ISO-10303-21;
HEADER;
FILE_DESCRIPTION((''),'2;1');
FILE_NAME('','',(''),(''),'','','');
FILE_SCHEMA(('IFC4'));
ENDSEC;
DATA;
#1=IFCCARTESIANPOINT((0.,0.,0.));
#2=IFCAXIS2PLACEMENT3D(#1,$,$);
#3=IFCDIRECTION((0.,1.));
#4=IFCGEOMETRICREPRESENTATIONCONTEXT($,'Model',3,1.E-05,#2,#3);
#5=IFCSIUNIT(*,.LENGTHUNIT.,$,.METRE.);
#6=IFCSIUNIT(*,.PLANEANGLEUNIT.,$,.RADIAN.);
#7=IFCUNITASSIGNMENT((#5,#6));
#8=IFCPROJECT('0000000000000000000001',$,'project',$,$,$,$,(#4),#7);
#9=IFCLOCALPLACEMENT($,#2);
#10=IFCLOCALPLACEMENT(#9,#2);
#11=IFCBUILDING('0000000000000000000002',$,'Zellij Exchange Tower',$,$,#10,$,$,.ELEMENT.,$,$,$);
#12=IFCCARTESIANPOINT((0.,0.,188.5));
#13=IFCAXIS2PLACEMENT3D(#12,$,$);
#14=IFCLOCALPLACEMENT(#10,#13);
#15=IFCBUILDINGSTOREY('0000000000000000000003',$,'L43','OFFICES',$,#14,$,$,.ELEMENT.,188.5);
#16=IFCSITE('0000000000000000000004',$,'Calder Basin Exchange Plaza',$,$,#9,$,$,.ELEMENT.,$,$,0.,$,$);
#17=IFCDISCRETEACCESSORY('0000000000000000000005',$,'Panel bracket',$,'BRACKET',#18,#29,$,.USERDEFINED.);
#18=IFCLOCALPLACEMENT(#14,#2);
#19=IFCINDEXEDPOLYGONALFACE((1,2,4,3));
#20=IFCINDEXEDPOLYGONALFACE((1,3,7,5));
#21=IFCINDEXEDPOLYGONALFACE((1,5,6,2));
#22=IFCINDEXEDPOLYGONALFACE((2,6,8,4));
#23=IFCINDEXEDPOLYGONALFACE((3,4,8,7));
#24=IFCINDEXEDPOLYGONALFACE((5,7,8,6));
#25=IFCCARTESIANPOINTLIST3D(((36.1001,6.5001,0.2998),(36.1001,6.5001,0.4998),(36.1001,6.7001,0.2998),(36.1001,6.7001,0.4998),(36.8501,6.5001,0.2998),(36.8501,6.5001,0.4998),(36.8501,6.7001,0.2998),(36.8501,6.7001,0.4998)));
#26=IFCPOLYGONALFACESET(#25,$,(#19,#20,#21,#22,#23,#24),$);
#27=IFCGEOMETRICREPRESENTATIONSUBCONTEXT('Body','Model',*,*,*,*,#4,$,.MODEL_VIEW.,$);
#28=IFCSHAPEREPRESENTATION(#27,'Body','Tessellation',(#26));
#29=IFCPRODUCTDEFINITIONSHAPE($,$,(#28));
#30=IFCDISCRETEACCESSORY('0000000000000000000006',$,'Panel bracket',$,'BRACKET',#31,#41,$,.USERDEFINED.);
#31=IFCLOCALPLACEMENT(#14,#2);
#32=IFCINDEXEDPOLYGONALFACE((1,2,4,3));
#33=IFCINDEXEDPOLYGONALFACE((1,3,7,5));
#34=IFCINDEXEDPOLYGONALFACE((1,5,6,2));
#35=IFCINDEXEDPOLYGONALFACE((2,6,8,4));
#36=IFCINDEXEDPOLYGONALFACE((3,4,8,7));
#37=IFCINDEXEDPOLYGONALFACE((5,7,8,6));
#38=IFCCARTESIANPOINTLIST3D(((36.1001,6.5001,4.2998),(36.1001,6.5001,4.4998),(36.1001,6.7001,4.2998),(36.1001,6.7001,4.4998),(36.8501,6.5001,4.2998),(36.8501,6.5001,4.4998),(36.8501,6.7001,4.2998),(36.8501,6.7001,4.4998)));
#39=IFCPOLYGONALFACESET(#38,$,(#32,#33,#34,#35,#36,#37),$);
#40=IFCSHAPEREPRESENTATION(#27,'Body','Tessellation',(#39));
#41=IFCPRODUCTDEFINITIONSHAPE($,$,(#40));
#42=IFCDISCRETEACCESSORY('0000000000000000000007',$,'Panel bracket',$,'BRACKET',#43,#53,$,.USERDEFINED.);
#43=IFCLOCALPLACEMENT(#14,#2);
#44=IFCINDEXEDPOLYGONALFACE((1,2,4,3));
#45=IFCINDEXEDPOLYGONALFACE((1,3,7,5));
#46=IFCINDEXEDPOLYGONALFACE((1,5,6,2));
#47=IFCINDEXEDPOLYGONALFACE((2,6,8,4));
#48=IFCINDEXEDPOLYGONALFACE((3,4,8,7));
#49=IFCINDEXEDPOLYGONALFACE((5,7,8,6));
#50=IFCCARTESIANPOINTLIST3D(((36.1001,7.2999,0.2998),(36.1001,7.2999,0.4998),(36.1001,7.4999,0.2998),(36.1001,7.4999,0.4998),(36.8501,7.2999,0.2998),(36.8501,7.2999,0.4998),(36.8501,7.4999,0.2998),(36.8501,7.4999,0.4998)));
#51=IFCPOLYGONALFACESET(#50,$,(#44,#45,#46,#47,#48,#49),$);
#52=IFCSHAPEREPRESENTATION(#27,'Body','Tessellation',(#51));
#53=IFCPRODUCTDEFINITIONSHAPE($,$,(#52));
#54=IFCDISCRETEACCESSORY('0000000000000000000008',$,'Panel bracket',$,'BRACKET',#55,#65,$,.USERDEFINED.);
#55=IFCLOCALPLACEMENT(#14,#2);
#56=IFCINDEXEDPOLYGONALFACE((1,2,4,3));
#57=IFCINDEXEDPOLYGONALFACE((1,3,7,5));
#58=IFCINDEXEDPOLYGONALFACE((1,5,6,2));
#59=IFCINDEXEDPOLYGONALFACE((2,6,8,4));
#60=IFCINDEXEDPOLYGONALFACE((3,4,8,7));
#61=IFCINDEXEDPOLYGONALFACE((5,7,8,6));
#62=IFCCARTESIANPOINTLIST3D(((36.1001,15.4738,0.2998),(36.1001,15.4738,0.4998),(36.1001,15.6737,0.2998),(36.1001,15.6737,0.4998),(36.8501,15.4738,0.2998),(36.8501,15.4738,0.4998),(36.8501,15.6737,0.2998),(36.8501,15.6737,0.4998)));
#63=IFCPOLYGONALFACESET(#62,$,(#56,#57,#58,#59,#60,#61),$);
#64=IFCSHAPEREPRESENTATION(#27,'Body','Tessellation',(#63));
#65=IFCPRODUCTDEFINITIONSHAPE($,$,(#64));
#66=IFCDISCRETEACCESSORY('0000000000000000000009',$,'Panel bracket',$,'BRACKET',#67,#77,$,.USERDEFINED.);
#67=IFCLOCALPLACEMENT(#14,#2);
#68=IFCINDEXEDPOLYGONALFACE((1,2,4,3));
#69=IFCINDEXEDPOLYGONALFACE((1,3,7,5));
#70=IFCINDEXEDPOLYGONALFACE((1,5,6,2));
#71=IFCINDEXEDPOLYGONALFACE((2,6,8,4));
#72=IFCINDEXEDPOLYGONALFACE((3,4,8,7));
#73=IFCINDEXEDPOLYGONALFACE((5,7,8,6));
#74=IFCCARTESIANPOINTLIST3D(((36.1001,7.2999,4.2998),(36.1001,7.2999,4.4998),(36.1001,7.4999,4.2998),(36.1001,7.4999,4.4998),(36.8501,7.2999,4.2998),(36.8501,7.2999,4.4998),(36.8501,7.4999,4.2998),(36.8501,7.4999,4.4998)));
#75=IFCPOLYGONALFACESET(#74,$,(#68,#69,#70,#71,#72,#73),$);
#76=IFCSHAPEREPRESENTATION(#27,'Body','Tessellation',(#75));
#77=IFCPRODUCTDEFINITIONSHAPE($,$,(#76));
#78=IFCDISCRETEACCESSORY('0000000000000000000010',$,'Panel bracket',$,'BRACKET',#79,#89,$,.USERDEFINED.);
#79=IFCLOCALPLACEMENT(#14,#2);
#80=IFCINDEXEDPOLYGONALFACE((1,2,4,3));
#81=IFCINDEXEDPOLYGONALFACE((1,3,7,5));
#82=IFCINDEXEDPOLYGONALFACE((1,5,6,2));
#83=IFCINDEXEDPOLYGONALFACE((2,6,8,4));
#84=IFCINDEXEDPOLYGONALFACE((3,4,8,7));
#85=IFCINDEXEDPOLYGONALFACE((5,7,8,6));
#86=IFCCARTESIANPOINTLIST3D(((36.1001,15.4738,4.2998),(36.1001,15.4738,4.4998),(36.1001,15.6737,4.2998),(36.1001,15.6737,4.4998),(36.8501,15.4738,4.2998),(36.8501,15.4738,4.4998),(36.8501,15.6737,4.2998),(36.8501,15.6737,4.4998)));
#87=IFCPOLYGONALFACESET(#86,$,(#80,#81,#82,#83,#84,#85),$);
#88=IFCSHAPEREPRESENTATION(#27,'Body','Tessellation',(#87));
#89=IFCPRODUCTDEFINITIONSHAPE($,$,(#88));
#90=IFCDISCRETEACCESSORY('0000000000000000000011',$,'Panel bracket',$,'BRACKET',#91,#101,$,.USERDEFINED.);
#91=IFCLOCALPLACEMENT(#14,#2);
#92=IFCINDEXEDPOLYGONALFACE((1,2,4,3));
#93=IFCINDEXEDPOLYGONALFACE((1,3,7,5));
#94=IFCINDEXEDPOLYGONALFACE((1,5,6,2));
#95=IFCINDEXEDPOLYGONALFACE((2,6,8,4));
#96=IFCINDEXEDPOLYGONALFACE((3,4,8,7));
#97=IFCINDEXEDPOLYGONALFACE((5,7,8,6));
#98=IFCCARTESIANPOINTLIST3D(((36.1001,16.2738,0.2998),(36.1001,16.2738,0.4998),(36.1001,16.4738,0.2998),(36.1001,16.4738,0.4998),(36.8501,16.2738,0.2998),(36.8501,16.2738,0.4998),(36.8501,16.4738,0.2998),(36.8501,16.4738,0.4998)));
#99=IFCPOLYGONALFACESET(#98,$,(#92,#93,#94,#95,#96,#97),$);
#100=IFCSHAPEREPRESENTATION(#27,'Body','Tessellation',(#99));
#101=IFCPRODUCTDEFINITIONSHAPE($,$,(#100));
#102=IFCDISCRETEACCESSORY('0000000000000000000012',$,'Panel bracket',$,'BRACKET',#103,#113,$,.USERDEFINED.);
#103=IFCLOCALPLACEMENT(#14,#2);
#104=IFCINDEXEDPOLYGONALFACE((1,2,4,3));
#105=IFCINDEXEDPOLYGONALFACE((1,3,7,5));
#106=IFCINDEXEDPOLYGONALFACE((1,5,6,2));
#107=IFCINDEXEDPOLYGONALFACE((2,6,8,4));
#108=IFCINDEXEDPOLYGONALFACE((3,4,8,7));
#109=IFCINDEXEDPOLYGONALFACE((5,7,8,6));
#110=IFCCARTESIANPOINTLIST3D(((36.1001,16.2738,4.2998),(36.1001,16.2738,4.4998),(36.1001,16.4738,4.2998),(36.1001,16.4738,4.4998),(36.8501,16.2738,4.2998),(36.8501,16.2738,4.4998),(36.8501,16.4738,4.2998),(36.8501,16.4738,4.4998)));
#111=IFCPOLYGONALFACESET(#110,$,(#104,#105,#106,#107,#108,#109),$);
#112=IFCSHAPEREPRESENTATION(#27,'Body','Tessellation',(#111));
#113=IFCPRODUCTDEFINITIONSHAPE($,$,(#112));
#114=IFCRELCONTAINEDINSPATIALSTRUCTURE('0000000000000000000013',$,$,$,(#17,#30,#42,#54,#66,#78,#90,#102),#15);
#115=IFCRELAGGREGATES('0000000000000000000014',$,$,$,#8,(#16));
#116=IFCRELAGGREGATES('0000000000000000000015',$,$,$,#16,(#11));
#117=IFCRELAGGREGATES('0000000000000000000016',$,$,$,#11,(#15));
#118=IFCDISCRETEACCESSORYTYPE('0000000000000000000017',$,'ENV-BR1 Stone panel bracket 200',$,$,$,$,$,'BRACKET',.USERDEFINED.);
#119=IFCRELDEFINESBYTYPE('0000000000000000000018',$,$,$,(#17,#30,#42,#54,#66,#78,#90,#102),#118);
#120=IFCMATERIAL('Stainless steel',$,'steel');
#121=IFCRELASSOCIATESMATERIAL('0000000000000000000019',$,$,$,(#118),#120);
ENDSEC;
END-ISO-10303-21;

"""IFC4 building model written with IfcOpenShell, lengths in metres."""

from ifc_helpers import new_model, si_unit, direction, frame, origin, origin_2d, place, context, subcontext, project, spatial, rectangle, extrude, material, type_object, element, save


model = new_model("IFC4")

# Units and contexts
model_context = context("Model", 3, precision=1e-05, world=origin(), true_north=direction((0.0, 1.0)))
body_context = subcontext(model_context, "Body", "Model", "MODEL_VIEW")
ifc_project = project(units=[si_unit("LENGTHUNIT", "METRE"), si_unit("PLANEANGLEUNIT", "RADIAN")], contexts=[model_context])

# Site, building, storey
site_placement = place(None, origin())
site = spatial("IfcSite", under=ifc_project, at=site_placement, Name="Calder Basin Exchange Plaza", CompositionType="ELEMENT", RefElevation=0.0)
building_placement = place(site_placement, origin())
building = spatial("IfcBuilding", under=site, at=building_placement, Name="Zellij Exchange Tower", CompositionType="ELEMENT")
storey_placement = place(building_placement, frame((0.0, 0.0, 188.5)))
storey = spatial("IfcBuildingStorey", under=building, at=storey_placement, Name="L43", Description="OFFICES", CompositionType="ELEMENT", Elevation=188.5)

# Discrete accessories
ifc_material_1 = material(Name="Stainless steel", Category="steel")
discrete_accessory_type = type_object("IfcDiscreteAccessoryType", Name="ENV-BR1 Stone panel bracket 200", ElementType="BRACKET", PredefinedType="USERDEFINED", material=ifc_material_1)
for number, where, z_axis, x_axis, name in (
    (1, (36.4751, 6.6001, 0.2998), (0.0, 0.0, 1.0), (0.0, 1.0, 0.0), "Panel bracket"),
    (2, (36.4751, 6.6001, 4.2998), (0.0, 0.0, 1.0), (0.0, 1.0, 0.0), "Panel bracket"),
    (3, (36.4751, 7.3999, 0.2998), (0.0, 0.0, 1.0), (0.0, 1.0, 0.0), "Panel bracket"),
    (4, (36.4751, 15.5737, 0.2998), (0.0, 0.0, 1.0), (0.0, 1.0, 0.0), "Panel bracket"),
    (5, (36.4751, 7.3999, 4.2998), (0.0, 0.0, 1.0), (0.0, 1.0, 0.0), "Panel bracket"),
    (6, (36.4751, 15.5737, 4.2998), (0.0, 0.0, 1.0), (0.0, 1.0, 0.0), "Panel bracket"),
    (7, (36.4751, 16.3738, 0.2998), (0.0, 0.0, 1.0), (0.0, 1.0, 0.0), "Panel bracket"),
    (8, (36.4751, 16.3738, 4.2998), (0.0, 0.0, 1.0), (0.0, 1.0, 0.0), "Panel bracket"),
):
    element("IfcDiscreteAccessory", number, at=place(storey_placement, frame(where, z_axis=z_axis, x_axis=x_axis)), inside=storey, type_object=discrete_accessory_type, Name=name, ObjectType="BRACKET", PredefinedType="USERDEFINED", context=body_context, shape_type="SweptSolid", body=[
        extrude(rectangle(XDim=0.2, YDim=0.75, at=origin_2d()), origin(), (0.0, 0.0, 1.0), 0.2),
    ])

save(model, "model.ifc")
